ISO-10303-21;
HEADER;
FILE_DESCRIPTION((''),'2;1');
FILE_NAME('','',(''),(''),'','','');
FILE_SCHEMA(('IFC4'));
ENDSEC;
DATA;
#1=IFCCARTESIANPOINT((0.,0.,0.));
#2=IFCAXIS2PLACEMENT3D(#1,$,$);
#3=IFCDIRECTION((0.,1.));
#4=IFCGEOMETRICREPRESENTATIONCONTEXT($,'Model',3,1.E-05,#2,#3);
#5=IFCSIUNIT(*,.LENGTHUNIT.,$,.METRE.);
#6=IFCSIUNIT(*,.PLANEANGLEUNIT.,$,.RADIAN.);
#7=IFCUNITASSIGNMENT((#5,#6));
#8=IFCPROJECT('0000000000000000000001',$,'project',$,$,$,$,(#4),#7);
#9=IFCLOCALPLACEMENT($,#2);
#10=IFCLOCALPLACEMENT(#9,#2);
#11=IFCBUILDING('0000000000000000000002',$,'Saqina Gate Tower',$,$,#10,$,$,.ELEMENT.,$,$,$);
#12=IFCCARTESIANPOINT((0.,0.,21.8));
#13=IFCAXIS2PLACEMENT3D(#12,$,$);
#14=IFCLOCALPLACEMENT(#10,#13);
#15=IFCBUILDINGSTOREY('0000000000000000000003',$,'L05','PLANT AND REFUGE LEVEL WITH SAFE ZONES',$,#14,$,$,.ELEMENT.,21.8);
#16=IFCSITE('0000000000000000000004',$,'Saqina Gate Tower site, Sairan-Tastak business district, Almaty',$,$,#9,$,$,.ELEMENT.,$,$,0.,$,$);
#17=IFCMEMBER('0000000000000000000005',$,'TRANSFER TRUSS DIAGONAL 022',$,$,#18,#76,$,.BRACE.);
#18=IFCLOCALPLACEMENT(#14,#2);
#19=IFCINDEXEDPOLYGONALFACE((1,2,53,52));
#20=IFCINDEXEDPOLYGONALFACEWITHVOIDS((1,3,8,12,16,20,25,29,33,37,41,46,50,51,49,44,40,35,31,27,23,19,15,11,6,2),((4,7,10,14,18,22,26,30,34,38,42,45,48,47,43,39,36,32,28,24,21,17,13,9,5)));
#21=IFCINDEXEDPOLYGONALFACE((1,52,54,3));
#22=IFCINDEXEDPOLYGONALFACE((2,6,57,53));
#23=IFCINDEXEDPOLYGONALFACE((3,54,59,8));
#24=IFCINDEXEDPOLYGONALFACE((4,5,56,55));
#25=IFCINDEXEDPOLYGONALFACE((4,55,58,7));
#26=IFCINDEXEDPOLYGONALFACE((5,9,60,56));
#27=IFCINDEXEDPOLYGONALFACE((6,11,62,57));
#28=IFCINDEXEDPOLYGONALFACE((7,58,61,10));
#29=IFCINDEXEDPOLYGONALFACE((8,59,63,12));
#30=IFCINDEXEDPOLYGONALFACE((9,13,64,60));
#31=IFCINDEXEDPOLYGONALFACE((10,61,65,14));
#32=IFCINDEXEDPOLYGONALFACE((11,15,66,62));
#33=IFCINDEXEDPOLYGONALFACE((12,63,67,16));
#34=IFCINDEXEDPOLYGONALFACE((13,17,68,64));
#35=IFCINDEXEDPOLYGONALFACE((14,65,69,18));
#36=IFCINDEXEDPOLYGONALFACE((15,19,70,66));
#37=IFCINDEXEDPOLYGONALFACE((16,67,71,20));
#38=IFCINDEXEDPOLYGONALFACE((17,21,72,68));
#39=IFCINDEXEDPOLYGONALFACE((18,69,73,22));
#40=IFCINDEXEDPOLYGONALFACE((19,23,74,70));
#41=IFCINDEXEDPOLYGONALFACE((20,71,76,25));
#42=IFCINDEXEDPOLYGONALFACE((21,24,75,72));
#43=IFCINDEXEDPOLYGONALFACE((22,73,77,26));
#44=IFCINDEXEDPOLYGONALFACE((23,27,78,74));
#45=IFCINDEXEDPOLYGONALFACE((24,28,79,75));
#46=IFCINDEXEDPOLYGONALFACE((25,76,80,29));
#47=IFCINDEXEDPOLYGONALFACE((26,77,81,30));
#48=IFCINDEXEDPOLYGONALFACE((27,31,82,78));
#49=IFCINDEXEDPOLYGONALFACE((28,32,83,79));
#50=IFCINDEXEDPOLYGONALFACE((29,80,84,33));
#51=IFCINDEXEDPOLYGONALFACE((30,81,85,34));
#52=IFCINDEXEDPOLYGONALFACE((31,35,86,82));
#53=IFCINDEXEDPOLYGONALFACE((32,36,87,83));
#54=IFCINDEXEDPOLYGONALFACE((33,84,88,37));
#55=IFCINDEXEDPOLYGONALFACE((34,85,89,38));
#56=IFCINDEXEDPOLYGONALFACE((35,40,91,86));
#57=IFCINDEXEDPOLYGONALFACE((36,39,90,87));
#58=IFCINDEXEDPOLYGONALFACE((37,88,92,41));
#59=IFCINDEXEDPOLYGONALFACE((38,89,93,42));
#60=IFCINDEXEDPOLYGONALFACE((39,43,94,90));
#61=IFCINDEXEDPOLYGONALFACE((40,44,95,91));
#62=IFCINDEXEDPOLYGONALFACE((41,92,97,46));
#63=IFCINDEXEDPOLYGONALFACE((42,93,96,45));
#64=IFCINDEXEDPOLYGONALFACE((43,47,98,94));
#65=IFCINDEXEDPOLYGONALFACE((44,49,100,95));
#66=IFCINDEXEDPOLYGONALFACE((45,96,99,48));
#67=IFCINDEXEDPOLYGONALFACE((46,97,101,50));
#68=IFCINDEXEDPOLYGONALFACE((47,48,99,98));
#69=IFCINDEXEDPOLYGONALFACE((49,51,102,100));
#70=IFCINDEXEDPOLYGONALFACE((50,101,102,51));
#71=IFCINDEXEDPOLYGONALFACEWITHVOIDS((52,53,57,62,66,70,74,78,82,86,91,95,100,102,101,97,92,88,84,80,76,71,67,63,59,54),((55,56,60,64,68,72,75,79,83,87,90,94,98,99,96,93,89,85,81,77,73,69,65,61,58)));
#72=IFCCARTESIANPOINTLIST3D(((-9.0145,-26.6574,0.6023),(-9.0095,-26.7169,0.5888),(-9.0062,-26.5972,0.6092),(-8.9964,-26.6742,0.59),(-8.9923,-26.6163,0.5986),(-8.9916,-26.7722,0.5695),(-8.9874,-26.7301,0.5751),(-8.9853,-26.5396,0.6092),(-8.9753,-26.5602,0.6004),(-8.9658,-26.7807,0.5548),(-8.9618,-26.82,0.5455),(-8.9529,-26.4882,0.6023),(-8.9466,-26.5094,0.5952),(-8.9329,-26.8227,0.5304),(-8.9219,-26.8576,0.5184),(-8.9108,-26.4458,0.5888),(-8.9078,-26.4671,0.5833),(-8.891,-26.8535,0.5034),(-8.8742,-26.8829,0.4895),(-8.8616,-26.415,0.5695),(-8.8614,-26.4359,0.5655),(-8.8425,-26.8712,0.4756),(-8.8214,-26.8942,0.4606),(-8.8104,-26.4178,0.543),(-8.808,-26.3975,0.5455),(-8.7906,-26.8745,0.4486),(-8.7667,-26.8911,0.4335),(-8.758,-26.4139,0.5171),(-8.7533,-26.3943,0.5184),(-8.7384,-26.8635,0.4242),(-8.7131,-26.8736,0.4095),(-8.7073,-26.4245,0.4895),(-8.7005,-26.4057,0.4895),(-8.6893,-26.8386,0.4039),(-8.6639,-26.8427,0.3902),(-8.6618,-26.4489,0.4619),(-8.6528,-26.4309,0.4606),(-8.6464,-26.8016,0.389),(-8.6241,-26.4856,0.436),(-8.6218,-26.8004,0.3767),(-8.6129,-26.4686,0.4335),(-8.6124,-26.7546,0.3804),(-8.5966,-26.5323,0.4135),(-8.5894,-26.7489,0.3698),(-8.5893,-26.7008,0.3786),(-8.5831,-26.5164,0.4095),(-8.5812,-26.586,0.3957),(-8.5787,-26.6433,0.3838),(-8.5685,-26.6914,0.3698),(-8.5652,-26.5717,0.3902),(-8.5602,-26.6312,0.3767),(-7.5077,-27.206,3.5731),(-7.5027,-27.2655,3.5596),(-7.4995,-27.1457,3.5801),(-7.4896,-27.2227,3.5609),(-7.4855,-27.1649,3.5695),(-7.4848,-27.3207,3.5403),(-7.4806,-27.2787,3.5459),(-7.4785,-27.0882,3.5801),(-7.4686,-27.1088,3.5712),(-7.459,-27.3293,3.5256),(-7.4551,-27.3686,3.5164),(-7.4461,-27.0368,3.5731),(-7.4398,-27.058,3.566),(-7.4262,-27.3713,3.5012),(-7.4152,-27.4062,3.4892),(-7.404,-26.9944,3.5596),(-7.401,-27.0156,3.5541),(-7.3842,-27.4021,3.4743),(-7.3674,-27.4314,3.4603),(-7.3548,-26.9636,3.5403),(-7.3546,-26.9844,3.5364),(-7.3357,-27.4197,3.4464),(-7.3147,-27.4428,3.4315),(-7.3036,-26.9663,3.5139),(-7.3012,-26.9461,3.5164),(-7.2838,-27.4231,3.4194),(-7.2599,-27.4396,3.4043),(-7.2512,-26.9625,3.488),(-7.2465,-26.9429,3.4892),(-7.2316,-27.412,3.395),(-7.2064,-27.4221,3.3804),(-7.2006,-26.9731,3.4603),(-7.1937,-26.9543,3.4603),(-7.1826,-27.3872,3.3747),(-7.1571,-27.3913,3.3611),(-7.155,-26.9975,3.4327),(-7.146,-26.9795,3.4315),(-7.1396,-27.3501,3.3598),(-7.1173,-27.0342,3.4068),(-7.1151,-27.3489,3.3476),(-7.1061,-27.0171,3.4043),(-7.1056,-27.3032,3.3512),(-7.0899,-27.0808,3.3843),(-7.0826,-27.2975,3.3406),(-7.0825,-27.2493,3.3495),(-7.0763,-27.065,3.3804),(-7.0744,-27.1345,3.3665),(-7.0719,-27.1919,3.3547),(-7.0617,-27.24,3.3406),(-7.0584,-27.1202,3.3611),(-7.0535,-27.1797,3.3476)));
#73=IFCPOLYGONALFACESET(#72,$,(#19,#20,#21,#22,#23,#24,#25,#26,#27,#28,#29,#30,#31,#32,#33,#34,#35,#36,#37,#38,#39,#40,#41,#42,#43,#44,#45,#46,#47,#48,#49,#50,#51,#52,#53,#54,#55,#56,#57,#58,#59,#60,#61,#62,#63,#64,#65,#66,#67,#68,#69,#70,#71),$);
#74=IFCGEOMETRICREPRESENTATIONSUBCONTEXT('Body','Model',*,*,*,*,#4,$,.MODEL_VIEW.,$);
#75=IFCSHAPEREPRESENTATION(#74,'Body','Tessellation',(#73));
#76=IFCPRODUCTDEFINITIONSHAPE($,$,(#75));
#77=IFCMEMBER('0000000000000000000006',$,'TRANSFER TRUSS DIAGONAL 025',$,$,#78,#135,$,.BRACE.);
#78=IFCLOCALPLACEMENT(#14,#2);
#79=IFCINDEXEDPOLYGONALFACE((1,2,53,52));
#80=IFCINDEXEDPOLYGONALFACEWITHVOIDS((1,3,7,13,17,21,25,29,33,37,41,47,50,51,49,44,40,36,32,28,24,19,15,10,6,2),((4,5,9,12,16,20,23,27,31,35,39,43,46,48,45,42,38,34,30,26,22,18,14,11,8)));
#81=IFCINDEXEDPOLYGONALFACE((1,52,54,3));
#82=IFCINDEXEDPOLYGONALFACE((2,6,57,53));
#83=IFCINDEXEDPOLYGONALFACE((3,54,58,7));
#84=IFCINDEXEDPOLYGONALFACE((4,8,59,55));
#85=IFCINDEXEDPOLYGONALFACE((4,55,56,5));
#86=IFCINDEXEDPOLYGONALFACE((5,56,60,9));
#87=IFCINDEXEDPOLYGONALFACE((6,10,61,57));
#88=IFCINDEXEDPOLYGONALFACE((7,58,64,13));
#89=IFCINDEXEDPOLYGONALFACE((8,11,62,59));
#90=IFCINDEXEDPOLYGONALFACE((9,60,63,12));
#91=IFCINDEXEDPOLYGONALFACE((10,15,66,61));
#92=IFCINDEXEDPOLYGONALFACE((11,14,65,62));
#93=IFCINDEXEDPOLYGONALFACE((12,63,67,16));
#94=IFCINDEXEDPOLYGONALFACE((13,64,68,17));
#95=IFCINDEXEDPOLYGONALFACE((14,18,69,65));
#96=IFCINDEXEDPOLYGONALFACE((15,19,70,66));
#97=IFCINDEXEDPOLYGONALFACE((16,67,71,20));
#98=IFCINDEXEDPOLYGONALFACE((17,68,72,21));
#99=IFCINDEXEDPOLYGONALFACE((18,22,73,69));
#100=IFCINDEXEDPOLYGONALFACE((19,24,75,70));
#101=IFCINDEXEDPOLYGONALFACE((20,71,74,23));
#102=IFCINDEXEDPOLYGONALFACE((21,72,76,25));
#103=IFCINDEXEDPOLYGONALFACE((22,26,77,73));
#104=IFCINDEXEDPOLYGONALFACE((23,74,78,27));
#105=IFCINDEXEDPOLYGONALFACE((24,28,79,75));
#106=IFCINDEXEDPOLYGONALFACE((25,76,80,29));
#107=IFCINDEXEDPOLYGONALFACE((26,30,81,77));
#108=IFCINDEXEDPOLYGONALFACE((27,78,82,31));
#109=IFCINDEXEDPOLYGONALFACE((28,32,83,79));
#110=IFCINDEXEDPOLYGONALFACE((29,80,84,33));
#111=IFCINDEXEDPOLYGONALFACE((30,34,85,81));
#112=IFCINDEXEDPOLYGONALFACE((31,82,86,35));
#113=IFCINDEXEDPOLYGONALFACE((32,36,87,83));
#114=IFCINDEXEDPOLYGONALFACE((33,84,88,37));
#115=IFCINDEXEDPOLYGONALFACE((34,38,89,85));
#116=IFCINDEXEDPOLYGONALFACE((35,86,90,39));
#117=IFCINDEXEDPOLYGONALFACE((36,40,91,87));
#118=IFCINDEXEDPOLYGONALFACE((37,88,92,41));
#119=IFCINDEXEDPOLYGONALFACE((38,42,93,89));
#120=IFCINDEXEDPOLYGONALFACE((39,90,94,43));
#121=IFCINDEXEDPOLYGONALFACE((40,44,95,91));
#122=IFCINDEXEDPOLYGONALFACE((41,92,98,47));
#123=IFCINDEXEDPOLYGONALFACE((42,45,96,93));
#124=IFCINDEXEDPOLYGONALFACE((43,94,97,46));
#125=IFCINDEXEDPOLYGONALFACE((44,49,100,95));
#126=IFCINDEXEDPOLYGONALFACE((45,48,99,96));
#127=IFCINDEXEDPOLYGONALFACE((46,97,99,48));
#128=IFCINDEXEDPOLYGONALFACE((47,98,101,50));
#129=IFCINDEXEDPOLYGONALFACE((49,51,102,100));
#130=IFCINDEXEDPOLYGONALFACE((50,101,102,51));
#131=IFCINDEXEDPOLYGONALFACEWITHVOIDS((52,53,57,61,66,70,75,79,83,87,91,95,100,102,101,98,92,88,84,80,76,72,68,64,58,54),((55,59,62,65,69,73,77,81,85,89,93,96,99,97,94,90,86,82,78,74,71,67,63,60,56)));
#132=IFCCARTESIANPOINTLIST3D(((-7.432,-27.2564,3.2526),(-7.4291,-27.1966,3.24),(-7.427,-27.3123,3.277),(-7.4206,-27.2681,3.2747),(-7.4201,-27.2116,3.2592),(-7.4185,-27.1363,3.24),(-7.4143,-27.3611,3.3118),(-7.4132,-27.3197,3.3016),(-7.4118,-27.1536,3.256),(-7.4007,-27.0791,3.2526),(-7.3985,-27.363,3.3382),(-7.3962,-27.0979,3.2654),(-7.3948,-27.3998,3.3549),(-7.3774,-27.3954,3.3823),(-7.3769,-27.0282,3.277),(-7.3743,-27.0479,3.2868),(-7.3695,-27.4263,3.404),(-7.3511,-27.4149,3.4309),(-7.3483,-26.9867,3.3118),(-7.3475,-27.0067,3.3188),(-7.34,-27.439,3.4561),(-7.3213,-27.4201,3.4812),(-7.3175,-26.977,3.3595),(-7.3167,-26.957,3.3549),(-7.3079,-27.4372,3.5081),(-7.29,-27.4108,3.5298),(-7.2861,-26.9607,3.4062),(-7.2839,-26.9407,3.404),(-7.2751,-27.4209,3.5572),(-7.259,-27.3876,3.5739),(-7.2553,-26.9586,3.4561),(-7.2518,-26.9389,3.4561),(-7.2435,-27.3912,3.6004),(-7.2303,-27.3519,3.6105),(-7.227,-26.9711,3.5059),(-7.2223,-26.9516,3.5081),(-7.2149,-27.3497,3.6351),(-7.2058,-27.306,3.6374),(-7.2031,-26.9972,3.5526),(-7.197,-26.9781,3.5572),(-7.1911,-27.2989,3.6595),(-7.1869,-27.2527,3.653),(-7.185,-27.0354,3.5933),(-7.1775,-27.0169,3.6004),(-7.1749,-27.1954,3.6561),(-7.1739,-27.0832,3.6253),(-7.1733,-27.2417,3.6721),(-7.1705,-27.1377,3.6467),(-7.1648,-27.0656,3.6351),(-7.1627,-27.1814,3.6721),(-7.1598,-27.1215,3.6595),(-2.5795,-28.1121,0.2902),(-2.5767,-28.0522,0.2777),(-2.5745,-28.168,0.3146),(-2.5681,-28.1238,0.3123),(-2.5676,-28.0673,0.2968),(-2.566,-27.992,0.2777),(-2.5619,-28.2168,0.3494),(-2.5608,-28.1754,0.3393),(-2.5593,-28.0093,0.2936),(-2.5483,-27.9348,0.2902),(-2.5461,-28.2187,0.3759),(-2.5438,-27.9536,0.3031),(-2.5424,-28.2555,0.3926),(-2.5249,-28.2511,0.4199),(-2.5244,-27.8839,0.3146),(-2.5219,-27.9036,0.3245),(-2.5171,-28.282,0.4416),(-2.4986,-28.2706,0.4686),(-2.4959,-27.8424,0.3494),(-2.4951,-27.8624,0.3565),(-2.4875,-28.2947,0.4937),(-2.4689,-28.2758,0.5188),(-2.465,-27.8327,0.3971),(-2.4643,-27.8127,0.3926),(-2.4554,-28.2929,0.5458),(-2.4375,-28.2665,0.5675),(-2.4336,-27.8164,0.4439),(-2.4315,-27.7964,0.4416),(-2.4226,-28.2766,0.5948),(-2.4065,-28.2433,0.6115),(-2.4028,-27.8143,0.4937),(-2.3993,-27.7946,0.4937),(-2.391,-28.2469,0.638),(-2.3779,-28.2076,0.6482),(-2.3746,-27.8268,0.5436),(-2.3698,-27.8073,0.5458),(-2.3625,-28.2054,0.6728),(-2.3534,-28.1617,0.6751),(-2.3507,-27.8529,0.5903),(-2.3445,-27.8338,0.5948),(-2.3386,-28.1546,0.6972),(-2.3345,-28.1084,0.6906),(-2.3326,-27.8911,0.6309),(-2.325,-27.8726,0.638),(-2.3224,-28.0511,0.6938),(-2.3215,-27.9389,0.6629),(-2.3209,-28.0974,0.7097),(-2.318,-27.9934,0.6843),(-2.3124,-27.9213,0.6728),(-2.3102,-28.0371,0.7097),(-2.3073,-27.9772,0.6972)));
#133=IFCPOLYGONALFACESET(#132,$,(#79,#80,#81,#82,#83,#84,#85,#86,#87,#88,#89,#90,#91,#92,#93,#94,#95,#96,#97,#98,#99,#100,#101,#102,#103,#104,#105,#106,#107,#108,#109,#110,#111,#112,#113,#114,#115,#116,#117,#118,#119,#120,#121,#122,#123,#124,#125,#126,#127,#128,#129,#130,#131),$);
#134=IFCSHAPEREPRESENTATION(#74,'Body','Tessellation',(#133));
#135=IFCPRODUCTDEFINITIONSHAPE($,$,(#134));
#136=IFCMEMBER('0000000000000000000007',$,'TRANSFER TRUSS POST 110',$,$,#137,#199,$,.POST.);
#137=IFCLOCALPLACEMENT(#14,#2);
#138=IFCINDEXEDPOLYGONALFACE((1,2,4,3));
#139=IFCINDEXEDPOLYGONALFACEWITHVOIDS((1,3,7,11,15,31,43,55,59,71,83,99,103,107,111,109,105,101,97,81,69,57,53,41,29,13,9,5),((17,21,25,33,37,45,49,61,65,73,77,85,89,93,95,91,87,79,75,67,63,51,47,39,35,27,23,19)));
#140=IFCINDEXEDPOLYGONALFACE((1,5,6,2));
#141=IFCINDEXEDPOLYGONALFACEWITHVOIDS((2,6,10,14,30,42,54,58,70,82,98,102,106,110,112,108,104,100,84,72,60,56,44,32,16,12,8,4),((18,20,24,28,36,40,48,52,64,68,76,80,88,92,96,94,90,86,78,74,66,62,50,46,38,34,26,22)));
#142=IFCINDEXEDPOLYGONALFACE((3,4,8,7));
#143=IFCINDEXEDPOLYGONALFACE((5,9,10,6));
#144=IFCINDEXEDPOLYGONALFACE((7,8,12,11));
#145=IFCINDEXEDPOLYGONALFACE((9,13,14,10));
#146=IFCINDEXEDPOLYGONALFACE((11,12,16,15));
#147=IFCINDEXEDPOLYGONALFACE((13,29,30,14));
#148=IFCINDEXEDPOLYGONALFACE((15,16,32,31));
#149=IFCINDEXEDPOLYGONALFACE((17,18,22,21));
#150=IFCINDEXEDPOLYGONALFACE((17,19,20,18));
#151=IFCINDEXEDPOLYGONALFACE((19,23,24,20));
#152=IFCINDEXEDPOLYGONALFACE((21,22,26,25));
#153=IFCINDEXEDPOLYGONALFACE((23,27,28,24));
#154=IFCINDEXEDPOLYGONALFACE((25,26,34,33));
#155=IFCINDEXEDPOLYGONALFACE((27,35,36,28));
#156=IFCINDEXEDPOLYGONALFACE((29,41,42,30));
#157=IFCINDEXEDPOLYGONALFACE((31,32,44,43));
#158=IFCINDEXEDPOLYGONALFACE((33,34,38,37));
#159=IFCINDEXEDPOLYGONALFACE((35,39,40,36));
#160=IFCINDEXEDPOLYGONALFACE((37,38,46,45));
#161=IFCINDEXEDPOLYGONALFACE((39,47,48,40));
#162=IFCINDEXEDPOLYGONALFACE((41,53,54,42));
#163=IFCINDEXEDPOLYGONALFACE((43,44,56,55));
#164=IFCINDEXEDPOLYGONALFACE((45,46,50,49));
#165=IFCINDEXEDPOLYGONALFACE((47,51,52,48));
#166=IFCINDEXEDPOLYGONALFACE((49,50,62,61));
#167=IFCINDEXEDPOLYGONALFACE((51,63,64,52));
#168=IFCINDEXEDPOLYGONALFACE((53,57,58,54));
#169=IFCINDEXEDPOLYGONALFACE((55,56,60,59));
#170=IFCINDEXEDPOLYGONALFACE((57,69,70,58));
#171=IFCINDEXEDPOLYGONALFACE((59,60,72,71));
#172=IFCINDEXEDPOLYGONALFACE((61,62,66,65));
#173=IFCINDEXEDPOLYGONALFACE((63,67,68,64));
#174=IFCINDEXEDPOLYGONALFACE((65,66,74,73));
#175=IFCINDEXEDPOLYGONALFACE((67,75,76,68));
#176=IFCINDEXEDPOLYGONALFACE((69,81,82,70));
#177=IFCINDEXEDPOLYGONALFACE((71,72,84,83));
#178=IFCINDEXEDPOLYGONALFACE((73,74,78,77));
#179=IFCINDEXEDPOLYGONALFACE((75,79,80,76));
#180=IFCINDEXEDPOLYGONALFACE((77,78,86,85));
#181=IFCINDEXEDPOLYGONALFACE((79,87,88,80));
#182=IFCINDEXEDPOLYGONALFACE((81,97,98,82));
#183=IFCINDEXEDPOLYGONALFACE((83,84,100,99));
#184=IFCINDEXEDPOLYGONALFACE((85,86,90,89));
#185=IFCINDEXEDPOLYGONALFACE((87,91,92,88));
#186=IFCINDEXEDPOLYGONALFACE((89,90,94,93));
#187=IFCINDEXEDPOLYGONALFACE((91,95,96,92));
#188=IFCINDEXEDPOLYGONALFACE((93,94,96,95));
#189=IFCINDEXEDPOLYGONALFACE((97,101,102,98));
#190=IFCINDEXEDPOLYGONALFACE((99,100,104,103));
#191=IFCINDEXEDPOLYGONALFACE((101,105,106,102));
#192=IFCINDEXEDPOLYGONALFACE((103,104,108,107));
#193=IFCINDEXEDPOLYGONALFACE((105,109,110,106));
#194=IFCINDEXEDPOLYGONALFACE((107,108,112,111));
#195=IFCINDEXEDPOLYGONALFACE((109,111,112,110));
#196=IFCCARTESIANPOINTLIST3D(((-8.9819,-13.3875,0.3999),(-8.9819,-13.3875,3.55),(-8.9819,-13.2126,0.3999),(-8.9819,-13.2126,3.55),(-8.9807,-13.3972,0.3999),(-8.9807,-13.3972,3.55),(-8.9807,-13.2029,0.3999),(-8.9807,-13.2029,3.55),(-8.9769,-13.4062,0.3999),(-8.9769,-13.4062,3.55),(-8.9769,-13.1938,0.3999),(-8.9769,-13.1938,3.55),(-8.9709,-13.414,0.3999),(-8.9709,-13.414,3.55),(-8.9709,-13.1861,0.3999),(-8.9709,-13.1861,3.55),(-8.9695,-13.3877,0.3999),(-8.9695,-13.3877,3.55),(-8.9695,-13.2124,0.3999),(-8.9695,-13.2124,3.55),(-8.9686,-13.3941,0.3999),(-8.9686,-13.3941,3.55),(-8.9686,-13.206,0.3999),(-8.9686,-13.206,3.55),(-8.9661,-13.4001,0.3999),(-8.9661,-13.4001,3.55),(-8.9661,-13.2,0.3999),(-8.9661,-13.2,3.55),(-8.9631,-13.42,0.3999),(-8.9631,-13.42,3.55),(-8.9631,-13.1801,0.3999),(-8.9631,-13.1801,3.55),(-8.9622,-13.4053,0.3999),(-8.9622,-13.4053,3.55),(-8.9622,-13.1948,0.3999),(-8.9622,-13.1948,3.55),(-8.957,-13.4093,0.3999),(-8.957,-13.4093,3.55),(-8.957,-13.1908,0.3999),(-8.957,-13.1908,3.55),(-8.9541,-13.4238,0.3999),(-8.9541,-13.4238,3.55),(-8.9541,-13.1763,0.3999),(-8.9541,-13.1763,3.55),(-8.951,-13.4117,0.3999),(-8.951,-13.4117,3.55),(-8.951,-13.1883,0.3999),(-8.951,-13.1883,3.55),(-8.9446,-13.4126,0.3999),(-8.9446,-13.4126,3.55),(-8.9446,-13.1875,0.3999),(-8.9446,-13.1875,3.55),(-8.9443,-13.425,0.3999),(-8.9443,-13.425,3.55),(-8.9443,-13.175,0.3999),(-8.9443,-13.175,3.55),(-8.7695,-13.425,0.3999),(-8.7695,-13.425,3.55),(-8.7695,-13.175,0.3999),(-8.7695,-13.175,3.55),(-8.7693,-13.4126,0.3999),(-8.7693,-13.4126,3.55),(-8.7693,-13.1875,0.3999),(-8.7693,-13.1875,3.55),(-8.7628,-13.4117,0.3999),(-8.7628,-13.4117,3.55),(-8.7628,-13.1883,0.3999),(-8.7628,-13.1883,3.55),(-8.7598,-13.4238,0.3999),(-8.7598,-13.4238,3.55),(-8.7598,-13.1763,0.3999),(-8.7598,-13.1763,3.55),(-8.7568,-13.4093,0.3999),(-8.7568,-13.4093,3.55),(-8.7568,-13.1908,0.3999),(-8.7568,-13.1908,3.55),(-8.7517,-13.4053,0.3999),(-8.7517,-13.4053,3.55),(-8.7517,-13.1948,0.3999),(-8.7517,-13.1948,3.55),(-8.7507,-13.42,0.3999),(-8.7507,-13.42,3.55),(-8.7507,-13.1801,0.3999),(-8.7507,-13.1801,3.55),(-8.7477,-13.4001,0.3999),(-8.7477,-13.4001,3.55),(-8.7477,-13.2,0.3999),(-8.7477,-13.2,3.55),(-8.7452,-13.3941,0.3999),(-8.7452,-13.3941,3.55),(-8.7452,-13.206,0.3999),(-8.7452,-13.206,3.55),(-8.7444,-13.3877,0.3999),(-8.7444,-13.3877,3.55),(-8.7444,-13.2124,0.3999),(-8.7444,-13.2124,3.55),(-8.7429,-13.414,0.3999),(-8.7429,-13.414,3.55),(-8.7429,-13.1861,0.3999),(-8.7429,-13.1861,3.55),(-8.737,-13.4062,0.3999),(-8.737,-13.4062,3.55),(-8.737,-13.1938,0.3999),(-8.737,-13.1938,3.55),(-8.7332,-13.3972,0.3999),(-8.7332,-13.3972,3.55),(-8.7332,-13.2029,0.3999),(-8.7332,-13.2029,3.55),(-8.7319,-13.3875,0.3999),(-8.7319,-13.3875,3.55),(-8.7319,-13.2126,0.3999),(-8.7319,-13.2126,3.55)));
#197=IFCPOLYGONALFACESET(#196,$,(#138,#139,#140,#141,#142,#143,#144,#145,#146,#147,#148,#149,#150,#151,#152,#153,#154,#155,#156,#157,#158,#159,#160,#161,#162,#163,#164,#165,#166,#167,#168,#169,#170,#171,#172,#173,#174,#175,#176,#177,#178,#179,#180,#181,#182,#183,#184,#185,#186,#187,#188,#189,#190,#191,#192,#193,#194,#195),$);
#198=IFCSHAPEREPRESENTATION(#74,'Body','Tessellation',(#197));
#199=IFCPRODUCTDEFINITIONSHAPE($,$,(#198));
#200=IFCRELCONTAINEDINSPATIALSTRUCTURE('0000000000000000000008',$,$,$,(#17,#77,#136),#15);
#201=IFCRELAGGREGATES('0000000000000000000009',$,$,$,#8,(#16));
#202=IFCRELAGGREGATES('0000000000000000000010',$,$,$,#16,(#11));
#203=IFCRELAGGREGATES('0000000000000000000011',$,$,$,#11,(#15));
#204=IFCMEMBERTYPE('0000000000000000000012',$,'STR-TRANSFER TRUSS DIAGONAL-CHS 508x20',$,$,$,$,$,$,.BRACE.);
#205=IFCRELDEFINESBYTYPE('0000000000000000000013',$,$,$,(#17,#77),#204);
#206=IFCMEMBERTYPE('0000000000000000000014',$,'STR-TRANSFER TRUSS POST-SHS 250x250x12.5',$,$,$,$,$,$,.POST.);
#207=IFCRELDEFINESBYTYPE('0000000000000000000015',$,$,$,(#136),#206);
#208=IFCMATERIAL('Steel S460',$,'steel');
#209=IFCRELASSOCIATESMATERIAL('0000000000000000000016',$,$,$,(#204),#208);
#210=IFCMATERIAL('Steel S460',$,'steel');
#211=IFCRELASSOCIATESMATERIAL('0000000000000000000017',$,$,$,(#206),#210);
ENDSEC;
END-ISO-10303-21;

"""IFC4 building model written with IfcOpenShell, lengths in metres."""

from ifc_helpers import new_model, si_unit, direction, frame, origin, origin_2d, place, context, subcontext, project, spatial, hollow_rectangle, hollow_circle, extrude, material, material_profile, profile_set, type_object, element, save


model = new_model("IFC4")

# Units and contexts
model_context = context("Model", 3, precision=1e-05, world=origin(), true_north=direction((0.0, 1.0)))
body_context = subcontext(model_context, "Body", "Model", "MODEL_VIEW")
ifc_project = project(units=[si_unit("LENGTHUNIT", "METRE"), si_unit("PLANEANGLEUNIT", "RADIAN")], contexts=[model_context])

# Site, building, storey
site_placement = place(None, origin())
site = spatial("IfcSite", under=ifc_project, at=site_placement, Name="Saqina Gate Tower site, Sairan-Tastak business district, Almaty", CompositionType="ELEMENT", RefElevation=0.0)
building_placement = place(site_placement, origin())
building = spatial("IfcBuilding", under=site, at=building_placement, Name="Saqina Gate Tower", CompositionType="ELEMENT")
storey_placement = place(building_placement, frame((0.0, 0.0, 21.8)))
storey = spatial("IfcBuildingStorey", under=building, at=storey_placement, Name="L05", Description="PLANT AND REFUGE LEVEL WITH SAFE ZONES", CompositionType="ELEMENT", Elevation=21.8)

# Members
ifc_material_1 = material(Name="Steel S460", Category="steel")
ifc_material_profile_1 = material_profile(ifc_material_1, hollow_circle(Radius=0.2539, WallThickness=0.02, at=origin_2d()), Name="CHS 508x20")
ifc_profile_set_1 = profile_set([ifc_material_profile_1], Name="Steel S460")
member_type_1 = type_object("IfcMemberType", Name="STR-TRANSFER TRUSS DIAGONAL-CHS 508x20", PredefinedType="BRACE", material=ifc_profile_set_1)
member_1_placement = place(storey_placement, frame((-8.7874, -26.6443, 0.4895), z_axis=(0.446325, -0.162491, 0.879995), x_axis=(0.342098, 0.939664, 0.0)))
element("IfcMember", 1, at=member_1_placement, inside=storey, type_object=member_type_1, Name="TRANSFER TRUSS DIAGONAL 022", PredefinedType="BRACE", context=body_context, shape_type="SweptSolid", body=[
    extrude(hollow_circle(Radius=0.2539, WallThickness=0.02, at=origin_2d()), origin(), (0.0, 0.0, 1.0), 3.376),
])
member_2_placement = place(storey_placement, frame((-7.2959, -27.189, 3.4561), z_axis=(0.844013, -0.148836, -0.515257), x_axis=(0.173664, 0.984805, 0.0)))
element("IfcMember", 2, at=member_2_placement, inside=storey, type_object=member_type_1, Name="TRANSFER TRUSS DIAGONAL 025", PredefinedType="BRACE", context=body_context, shape_type="SweptSolid", body=[
    extrude(hollow_circle(Radius=0.2539, WallThickness=0.02, at=origin_2d()), origin(), (0.0, 0.0, 1.0), 5.7493),
])
ifc_material_2 = material(Name="Steel S460", Category="steel")
ifc_material_profile_2 = material_profile(ifc_material_2, hollow_rectangle(XDim=0.25, YDim=0.25, WallThickness=0.0125, InnerFilletRadius=0.0249, OuterFilletRadius=0.0376, at=origin_2d()), Name="SHS 250x250x12.5")
ifc_profile_set_2 = profile_set([ifc_material_profile_2], Name="Steel S460")
member_type_2 = type_object("IfcMemberType", Name="STR-TRANSFER TRUSS POST-SHS 250x250x12.5", PredefinedType="POST", material=ifc_profile_set_2)
for number, where, z_axis, x_axis, name in (
    (3, (-8.8569, -13.3, 0.3999), (0.0, 0.0, 1.0), (1.0, 0.0, 0.0), "TRANSFER TRUSS POST 110"),
):
    element("IfcMember", number, at=place(storey_placement, frame(where, z_axis=z_axis, x_axis=x_axis)), inside=storey, type_object=member_type_2, Name=name, PredefinedType="POST", context=body_context, shape_type="SweptSolid", body=[
        extrude(hollow_rectangle(XDim=0.25, YDim=0.25, WallThickness=0.0125, InnerFilletRadius=0.0249, OuterFilletRadius=0.0376, at=origin_2d()), origin(), (0.0, 0.0, 1.0), 3.1501),
    ])

save(model, "model.ifc")
